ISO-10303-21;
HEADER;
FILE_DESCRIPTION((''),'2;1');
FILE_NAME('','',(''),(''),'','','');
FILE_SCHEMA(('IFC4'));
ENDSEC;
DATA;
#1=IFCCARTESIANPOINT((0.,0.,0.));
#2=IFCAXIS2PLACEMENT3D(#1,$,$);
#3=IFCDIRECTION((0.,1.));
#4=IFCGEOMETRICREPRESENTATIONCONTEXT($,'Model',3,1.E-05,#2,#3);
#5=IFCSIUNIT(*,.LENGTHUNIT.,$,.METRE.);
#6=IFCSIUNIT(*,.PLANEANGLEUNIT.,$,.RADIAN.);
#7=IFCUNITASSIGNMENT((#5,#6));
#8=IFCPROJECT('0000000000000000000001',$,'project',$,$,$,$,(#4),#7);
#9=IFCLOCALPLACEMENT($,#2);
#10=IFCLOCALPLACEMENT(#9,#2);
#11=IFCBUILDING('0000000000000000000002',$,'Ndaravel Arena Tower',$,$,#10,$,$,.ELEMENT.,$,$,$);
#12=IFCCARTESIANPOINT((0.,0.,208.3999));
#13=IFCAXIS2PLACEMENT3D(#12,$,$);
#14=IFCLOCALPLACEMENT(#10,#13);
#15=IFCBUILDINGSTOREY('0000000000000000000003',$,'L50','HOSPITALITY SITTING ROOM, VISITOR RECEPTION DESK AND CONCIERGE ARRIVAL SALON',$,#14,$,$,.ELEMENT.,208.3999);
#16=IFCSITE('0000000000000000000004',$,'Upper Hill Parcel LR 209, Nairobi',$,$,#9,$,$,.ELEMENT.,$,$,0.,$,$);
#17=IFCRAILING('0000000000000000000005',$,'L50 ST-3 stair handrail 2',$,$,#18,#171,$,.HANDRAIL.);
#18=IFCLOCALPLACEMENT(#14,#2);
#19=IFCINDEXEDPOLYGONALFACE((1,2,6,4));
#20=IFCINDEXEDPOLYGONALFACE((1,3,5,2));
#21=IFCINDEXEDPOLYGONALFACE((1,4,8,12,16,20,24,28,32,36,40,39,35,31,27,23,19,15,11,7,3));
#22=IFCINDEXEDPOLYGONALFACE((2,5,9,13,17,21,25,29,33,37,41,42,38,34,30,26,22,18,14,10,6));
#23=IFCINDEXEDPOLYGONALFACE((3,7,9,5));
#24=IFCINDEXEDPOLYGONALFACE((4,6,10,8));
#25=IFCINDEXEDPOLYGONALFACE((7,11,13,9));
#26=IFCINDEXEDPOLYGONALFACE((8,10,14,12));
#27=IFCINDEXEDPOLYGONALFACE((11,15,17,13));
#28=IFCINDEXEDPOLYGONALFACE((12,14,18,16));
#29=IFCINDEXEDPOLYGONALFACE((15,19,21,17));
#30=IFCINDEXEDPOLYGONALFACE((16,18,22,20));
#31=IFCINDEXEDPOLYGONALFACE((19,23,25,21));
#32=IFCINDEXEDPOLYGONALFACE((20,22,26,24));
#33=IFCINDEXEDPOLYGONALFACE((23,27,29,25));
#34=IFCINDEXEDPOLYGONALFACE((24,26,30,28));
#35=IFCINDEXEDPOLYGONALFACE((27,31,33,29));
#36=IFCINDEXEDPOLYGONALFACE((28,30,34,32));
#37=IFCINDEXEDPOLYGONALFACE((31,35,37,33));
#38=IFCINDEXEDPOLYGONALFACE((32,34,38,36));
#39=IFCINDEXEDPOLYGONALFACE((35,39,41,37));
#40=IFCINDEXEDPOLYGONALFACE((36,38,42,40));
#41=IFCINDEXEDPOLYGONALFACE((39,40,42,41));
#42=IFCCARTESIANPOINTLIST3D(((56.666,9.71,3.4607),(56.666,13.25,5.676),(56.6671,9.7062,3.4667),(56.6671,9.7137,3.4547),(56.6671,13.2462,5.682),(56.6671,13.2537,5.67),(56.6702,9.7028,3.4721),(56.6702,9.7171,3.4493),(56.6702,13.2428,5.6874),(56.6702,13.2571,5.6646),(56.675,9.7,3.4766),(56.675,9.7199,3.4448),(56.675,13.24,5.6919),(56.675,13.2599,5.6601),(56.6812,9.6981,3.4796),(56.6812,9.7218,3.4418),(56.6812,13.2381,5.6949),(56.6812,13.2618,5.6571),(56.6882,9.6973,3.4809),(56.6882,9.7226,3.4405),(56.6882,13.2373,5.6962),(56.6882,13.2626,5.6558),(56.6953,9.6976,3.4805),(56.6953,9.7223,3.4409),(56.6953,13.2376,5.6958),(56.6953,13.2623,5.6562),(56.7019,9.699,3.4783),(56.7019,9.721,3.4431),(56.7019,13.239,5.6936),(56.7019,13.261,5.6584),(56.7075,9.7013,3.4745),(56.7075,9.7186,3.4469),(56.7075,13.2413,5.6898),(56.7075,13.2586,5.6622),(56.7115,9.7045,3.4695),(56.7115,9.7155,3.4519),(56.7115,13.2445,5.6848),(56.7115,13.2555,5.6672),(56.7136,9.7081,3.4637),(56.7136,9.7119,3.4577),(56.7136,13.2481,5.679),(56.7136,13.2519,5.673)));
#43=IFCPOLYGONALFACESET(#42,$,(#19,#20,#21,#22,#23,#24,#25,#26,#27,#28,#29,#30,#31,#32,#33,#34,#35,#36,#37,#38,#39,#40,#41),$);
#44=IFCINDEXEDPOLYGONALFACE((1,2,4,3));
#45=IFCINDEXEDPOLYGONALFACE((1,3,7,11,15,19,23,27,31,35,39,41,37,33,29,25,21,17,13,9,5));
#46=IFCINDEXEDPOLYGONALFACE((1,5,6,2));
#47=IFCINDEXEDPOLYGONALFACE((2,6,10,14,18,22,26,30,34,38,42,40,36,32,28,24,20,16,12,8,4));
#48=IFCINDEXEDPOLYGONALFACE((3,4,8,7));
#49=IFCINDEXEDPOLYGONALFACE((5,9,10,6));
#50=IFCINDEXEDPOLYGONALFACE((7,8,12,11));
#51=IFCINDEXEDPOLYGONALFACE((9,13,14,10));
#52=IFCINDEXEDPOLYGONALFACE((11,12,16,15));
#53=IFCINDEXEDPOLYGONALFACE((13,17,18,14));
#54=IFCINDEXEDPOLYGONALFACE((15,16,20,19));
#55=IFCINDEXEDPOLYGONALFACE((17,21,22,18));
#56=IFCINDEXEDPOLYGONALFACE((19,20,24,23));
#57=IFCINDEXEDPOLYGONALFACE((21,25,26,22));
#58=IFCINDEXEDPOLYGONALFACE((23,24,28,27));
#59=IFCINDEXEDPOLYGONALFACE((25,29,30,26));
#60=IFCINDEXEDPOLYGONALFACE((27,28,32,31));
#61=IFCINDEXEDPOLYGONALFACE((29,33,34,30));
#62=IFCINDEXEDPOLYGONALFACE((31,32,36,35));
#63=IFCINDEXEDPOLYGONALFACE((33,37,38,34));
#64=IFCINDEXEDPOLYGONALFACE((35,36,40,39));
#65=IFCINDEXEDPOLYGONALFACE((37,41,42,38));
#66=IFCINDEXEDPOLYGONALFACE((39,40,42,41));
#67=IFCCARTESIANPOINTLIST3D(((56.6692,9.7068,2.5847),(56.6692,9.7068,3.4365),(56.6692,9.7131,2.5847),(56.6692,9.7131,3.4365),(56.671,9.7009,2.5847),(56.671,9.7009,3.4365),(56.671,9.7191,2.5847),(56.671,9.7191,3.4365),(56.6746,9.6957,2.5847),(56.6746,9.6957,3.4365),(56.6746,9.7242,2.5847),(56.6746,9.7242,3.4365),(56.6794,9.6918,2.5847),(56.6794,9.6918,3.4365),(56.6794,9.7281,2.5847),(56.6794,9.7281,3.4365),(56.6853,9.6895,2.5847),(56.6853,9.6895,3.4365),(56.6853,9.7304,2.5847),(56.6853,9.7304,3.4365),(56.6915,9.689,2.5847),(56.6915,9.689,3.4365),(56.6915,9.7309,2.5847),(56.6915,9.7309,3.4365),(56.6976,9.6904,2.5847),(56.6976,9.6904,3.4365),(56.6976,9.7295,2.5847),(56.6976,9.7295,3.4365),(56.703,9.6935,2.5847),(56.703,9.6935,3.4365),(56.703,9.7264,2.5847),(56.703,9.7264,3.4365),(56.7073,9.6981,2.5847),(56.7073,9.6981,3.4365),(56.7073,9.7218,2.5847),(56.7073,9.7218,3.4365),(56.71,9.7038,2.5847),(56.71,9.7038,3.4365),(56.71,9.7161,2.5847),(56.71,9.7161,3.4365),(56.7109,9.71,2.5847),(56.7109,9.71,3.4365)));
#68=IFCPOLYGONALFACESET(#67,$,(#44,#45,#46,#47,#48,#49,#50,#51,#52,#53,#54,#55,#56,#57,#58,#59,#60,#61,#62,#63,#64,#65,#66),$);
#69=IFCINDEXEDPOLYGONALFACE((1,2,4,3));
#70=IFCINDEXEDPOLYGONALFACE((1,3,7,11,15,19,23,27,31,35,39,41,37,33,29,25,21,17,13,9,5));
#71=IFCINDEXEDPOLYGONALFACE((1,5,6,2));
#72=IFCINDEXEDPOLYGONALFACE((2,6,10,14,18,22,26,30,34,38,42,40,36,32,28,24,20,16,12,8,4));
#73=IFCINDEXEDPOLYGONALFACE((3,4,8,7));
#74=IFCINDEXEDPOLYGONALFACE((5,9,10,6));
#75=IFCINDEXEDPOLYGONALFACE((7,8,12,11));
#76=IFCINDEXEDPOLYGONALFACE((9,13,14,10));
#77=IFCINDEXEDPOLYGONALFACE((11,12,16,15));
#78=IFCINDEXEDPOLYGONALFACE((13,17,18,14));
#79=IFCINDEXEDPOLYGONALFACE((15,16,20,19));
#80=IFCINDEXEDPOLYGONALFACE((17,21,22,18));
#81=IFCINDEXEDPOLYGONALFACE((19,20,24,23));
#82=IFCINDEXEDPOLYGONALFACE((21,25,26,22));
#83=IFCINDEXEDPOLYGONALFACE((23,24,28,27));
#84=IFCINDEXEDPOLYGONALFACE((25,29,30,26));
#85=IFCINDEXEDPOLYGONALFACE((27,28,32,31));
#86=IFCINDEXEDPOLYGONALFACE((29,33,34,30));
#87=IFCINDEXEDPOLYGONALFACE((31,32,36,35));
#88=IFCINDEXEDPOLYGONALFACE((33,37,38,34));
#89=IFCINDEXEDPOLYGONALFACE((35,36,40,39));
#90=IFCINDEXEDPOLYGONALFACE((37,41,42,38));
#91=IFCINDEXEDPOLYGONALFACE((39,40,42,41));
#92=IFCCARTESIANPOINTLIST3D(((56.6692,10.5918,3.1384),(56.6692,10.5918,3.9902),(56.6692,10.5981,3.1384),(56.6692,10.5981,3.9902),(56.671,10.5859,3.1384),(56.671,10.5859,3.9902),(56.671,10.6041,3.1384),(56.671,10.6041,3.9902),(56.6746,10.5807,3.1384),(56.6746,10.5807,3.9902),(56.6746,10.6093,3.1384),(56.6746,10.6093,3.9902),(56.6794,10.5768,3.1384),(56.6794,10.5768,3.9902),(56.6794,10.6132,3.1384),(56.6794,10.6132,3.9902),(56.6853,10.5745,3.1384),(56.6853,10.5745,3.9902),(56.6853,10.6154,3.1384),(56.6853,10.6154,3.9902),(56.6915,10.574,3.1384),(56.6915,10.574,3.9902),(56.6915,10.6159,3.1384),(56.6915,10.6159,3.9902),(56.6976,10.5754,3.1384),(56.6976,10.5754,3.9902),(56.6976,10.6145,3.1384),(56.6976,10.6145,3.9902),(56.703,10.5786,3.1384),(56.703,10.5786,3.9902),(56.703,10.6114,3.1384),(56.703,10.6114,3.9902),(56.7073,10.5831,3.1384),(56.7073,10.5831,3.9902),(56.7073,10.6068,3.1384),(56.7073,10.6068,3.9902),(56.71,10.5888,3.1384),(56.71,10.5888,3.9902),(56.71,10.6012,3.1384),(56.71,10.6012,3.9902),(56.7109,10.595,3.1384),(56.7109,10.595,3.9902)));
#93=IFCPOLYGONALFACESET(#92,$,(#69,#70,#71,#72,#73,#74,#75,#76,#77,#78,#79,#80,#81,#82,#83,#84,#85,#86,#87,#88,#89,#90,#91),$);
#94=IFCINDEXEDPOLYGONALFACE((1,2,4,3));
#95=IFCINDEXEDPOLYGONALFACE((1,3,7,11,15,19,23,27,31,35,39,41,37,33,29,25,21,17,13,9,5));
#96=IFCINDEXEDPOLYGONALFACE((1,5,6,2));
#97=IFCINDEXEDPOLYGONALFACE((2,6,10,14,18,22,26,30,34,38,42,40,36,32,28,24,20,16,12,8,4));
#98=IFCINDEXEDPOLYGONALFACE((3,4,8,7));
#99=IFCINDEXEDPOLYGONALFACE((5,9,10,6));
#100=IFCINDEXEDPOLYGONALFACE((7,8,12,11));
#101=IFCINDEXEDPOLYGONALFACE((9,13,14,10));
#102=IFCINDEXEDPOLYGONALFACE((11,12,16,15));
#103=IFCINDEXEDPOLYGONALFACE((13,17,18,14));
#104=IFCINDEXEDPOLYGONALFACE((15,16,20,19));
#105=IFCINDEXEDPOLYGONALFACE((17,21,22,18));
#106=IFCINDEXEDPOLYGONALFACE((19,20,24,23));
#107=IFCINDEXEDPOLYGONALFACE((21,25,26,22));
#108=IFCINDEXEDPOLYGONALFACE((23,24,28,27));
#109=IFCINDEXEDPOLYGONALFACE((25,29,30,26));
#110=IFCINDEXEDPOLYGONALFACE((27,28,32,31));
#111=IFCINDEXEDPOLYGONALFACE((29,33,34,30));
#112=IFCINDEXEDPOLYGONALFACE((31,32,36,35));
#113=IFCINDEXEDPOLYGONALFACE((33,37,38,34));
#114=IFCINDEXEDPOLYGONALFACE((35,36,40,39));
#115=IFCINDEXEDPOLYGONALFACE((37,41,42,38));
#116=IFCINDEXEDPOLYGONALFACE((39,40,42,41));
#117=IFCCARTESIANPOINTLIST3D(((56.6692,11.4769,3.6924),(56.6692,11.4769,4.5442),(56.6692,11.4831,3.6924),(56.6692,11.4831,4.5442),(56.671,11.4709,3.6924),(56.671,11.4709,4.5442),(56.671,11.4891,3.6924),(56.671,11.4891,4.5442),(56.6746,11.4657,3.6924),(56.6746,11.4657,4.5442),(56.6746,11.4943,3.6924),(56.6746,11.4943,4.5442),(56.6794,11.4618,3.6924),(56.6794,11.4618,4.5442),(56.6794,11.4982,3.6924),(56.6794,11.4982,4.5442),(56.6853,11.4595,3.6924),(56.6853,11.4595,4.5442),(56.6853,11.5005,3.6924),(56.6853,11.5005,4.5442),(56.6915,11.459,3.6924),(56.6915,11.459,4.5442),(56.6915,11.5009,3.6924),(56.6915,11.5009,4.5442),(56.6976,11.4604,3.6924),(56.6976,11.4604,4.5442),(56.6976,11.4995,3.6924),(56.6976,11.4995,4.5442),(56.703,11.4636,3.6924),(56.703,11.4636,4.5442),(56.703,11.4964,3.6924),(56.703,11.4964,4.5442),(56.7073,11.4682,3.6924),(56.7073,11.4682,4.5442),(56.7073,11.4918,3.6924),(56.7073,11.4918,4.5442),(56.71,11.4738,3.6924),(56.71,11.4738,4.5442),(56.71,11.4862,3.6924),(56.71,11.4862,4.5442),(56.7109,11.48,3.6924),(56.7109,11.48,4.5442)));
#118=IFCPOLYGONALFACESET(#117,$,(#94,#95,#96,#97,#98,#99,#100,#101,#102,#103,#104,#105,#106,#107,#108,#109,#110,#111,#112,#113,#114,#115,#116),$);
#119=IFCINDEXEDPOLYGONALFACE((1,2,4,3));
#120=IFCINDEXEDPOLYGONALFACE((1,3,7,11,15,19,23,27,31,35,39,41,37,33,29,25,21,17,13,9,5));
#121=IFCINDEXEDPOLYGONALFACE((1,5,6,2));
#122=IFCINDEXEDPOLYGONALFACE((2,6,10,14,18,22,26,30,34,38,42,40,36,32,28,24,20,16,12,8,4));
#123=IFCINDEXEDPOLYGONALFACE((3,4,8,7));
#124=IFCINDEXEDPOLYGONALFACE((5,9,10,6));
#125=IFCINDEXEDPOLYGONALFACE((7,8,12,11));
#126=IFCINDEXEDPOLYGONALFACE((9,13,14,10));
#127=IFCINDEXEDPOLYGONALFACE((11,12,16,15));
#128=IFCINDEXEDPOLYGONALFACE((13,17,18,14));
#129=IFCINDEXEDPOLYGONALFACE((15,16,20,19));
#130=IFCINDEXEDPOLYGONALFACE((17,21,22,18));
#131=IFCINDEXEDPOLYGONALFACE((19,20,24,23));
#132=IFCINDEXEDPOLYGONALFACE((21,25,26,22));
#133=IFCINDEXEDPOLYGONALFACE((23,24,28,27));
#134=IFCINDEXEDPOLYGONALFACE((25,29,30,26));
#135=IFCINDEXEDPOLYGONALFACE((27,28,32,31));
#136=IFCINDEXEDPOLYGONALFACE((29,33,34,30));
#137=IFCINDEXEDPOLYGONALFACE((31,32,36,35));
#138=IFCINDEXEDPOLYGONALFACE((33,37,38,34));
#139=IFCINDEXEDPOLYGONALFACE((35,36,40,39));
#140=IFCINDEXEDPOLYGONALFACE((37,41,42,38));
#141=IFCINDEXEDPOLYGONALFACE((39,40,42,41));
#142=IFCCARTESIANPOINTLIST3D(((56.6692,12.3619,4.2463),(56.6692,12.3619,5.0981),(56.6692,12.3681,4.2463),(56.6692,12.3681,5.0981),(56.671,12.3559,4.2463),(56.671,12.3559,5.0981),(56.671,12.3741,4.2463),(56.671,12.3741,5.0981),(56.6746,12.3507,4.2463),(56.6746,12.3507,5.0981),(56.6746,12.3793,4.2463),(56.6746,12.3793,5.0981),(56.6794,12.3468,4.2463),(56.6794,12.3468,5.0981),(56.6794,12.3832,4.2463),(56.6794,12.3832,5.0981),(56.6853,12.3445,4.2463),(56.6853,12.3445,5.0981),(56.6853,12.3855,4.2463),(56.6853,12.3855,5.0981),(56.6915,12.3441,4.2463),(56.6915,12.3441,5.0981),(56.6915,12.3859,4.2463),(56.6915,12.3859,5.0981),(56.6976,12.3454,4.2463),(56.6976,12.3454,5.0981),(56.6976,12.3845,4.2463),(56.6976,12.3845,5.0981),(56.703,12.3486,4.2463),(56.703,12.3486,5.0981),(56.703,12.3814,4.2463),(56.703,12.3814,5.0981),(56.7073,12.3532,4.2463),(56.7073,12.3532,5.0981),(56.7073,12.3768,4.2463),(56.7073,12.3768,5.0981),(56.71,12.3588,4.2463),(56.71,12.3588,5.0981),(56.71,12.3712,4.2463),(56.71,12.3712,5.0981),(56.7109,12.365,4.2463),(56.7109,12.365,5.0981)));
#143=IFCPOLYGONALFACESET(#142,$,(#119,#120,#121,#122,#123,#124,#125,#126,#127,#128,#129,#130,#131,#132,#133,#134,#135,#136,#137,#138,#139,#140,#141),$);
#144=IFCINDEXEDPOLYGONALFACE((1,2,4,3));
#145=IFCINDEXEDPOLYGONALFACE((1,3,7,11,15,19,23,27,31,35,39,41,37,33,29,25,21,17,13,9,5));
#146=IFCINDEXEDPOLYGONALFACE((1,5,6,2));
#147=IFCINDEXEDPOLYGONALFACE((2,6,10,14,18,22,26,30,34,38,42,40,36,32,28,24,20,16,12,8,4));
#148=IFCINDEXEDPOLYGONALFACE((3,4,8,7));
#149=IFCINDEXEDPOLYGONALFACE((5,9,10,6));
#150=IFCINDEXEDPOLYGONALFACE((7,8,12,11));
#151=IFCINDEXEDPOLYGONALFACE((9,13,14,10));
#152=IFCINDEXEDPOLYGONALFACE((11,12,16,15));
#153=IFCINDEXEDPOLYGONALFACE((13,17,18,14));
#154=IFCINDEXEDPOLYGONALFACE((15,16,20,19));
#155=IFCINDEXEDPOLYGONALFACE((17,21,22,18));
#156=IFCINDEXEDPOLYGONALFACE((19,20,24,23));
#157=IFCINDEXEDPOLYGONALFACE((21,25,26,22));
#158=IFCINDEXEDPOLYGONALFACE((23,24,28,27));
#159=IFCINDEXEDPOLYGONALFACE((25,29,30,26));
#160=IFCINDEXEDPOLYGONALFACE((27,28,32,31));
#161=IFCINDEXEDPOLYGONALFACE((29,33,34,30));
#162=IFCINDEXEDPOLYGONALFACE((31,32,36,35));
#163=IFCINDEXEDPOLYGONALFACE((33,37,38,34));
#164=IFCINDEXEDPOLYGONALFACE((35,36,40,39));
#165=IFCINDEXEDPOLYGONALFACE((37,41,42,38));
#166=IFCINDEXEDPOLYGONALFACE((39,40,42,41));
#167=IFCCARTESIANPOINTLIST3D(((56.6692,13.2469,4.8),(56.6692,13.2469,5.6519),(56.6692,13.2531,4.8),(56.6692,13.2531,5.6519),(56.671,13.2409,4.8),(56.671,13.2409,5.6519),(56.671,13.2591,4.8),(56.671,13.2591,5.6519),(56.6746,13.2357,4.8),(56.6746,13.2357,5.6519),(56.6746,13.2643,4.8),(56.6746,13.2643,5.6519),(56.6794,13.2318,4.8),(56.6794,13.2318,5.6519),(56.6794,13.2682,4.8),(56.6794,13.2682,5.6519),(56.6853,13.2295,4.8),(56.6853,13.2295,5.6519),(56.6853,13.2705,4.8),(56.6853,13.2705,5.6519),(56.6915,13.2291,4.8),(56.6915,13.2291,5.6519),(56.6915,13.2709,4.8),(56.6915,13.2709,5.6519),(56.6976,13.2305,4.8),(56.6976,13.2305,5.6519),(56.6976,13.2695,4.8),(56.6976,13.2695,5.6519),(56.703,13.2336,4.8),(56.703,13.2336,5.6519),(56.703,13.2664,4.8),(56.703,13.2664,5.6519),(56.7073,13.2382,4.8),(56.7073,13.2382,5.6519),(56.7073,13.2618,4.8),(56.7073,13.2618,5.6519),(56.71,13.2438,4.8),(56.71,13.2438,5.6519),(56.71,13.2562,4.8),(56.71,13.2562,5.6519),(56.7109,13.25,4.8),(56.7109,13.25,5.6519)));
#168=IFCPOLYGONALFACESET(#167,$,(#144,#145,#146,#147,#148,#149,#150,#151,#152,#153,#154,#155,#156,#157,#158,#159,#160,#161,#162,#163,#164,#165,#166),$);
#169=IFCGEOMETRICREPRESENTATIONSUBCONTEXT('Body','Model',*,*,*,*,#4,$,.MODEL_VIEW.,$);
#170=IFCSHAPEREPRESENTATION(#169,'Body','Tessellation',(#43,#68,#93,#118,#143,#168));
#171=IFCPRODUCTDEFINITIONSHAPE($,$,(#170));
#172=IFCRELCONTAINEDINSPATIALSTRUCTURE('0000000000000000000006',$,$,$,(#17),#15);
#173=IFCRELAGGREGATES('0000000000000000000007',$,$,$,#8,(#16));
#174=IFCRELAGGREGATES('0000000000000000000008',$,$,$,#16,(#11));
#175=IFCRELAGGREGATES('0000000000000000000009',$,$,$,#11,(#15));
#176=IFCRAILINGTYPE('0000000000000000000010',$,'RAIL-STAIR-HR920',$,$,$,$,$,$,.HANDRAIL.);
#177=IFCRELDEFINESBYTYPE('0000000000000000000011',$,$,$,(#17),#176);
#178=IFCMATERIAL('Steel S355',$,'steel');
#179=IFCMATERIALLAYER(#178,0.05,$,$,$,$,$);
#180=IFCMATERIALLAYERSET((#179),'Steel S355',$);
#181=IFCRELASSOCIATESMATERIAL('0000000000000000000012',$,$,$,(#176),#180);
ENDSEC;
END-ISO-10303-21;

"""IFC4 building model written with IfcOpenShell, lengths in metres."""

from ifc_helpers import new_model, si_unit, direction, frame, origin, origin_2d, place, context, subcontext, project, spatial, circle, extrude, material, layer, layer_set, type_object, element, save


model = new_model("IFC4")

# Units and contexts
model_context = context("Model", 3, precision=1e-05, world=origin(), true_north=direction((0.0, 1.0)))
body_context = subcontext(model_context, "Body", "Model", "MODEL_VIEW")
ifc_project = project(units=[si_unit("LENGTHUNIT", "METRE"), si_unit("PLANEANGLEUNIT", "RADIAN")], contexts=[model_context])

# Site, building, storey
site_placement = place(None, origin())
site = spatial("IfcSite", under=ifc_project, at=site_placement, Name="Upper Hill Parcel LR 209, Nairobi", CompositionType="ELEMENT", RefElevation=0.0)
building_placement = place(site_placement, origin())
building = spatial("IfcBuilding", under=site, at=building_placement, Name="Ndaravel Arena Tower", CompositionType="ELEMENT")
storey_placement = place(building_placement, frame((0.0, 0.0, 208.3999)))
storey = spatial("IfcBuildingStorey", under=building, at=storey_placement, Name="L50", Description="HOSPITALITY SITTING ROOM, VISITOR RECEPTION DESK AND CONCIERGE ARRIVAL SALON", CompositionType="ELEMENT", Elevation=208.3999)

# Railing
ifc_material_1 = material(Name="Steel S355", Category="steel")
ifc_layer_1 = layer(ifc_material_1, 0.05)
ifc_layer_set_1 = layer_set([ifc_layer_1], Name="Steel S355")
railing_type_1 = type_object("IfcRailingType", Name="RAIL-STAIR-HR920", PredefinedType="HANDRAIL", material=ifc_layer_set_1)
railing_1_placement = place(storey_placement, frame((56.6899, 9.71, 2.5847)))
element("IfcRailing", 1, at=railing_1_placement, inside=storey, type_object=railing_type_1, Name="L50 ST-3 stair handrail 2", PredefinedType="HANDRAIL", context=body_context, shape_type="SweptSolid", body=[
    extrude(circle(Radius=0.0239, at=origin_2d()), frame((0.0, 0.0, 0.876), z_axis=(0.0, 0.847696, 0.530482), x_axis=(-1.0, 0.0, 0.0)), (0.0, 0.0, 1.0), 4.176),
    extrude(circle(Radius=0.021, at=origin_2d()), origin(), (0.0, 0.0, 1.0), 0.8518),
    extrude(circle(Radius=0.021, at=origin_2d()), frame((0.0, 0.885, 0.5537)), (0.0, 0.0, 1.0), 0.8518),
    extrude(circle(Radius=0.021, at=origin_2d()), frame((0.0, 1.77, 1.1077)), (0.0, 0.0, 1.0), 0.8518),
    extrude(circle(Radius=0.021, at=origin_2d()), frame((0.0, 2.655, 1.6616)), (0.0, 0.0, 1.0), 0.8518),
    extrude(circle(Radius=0.021, at=origin_2d()), frame((0.0, 3.54, 2.2153)), (0.0, 0.0, 1.0), 0.8518),
])

save(model, "model.ifc")
